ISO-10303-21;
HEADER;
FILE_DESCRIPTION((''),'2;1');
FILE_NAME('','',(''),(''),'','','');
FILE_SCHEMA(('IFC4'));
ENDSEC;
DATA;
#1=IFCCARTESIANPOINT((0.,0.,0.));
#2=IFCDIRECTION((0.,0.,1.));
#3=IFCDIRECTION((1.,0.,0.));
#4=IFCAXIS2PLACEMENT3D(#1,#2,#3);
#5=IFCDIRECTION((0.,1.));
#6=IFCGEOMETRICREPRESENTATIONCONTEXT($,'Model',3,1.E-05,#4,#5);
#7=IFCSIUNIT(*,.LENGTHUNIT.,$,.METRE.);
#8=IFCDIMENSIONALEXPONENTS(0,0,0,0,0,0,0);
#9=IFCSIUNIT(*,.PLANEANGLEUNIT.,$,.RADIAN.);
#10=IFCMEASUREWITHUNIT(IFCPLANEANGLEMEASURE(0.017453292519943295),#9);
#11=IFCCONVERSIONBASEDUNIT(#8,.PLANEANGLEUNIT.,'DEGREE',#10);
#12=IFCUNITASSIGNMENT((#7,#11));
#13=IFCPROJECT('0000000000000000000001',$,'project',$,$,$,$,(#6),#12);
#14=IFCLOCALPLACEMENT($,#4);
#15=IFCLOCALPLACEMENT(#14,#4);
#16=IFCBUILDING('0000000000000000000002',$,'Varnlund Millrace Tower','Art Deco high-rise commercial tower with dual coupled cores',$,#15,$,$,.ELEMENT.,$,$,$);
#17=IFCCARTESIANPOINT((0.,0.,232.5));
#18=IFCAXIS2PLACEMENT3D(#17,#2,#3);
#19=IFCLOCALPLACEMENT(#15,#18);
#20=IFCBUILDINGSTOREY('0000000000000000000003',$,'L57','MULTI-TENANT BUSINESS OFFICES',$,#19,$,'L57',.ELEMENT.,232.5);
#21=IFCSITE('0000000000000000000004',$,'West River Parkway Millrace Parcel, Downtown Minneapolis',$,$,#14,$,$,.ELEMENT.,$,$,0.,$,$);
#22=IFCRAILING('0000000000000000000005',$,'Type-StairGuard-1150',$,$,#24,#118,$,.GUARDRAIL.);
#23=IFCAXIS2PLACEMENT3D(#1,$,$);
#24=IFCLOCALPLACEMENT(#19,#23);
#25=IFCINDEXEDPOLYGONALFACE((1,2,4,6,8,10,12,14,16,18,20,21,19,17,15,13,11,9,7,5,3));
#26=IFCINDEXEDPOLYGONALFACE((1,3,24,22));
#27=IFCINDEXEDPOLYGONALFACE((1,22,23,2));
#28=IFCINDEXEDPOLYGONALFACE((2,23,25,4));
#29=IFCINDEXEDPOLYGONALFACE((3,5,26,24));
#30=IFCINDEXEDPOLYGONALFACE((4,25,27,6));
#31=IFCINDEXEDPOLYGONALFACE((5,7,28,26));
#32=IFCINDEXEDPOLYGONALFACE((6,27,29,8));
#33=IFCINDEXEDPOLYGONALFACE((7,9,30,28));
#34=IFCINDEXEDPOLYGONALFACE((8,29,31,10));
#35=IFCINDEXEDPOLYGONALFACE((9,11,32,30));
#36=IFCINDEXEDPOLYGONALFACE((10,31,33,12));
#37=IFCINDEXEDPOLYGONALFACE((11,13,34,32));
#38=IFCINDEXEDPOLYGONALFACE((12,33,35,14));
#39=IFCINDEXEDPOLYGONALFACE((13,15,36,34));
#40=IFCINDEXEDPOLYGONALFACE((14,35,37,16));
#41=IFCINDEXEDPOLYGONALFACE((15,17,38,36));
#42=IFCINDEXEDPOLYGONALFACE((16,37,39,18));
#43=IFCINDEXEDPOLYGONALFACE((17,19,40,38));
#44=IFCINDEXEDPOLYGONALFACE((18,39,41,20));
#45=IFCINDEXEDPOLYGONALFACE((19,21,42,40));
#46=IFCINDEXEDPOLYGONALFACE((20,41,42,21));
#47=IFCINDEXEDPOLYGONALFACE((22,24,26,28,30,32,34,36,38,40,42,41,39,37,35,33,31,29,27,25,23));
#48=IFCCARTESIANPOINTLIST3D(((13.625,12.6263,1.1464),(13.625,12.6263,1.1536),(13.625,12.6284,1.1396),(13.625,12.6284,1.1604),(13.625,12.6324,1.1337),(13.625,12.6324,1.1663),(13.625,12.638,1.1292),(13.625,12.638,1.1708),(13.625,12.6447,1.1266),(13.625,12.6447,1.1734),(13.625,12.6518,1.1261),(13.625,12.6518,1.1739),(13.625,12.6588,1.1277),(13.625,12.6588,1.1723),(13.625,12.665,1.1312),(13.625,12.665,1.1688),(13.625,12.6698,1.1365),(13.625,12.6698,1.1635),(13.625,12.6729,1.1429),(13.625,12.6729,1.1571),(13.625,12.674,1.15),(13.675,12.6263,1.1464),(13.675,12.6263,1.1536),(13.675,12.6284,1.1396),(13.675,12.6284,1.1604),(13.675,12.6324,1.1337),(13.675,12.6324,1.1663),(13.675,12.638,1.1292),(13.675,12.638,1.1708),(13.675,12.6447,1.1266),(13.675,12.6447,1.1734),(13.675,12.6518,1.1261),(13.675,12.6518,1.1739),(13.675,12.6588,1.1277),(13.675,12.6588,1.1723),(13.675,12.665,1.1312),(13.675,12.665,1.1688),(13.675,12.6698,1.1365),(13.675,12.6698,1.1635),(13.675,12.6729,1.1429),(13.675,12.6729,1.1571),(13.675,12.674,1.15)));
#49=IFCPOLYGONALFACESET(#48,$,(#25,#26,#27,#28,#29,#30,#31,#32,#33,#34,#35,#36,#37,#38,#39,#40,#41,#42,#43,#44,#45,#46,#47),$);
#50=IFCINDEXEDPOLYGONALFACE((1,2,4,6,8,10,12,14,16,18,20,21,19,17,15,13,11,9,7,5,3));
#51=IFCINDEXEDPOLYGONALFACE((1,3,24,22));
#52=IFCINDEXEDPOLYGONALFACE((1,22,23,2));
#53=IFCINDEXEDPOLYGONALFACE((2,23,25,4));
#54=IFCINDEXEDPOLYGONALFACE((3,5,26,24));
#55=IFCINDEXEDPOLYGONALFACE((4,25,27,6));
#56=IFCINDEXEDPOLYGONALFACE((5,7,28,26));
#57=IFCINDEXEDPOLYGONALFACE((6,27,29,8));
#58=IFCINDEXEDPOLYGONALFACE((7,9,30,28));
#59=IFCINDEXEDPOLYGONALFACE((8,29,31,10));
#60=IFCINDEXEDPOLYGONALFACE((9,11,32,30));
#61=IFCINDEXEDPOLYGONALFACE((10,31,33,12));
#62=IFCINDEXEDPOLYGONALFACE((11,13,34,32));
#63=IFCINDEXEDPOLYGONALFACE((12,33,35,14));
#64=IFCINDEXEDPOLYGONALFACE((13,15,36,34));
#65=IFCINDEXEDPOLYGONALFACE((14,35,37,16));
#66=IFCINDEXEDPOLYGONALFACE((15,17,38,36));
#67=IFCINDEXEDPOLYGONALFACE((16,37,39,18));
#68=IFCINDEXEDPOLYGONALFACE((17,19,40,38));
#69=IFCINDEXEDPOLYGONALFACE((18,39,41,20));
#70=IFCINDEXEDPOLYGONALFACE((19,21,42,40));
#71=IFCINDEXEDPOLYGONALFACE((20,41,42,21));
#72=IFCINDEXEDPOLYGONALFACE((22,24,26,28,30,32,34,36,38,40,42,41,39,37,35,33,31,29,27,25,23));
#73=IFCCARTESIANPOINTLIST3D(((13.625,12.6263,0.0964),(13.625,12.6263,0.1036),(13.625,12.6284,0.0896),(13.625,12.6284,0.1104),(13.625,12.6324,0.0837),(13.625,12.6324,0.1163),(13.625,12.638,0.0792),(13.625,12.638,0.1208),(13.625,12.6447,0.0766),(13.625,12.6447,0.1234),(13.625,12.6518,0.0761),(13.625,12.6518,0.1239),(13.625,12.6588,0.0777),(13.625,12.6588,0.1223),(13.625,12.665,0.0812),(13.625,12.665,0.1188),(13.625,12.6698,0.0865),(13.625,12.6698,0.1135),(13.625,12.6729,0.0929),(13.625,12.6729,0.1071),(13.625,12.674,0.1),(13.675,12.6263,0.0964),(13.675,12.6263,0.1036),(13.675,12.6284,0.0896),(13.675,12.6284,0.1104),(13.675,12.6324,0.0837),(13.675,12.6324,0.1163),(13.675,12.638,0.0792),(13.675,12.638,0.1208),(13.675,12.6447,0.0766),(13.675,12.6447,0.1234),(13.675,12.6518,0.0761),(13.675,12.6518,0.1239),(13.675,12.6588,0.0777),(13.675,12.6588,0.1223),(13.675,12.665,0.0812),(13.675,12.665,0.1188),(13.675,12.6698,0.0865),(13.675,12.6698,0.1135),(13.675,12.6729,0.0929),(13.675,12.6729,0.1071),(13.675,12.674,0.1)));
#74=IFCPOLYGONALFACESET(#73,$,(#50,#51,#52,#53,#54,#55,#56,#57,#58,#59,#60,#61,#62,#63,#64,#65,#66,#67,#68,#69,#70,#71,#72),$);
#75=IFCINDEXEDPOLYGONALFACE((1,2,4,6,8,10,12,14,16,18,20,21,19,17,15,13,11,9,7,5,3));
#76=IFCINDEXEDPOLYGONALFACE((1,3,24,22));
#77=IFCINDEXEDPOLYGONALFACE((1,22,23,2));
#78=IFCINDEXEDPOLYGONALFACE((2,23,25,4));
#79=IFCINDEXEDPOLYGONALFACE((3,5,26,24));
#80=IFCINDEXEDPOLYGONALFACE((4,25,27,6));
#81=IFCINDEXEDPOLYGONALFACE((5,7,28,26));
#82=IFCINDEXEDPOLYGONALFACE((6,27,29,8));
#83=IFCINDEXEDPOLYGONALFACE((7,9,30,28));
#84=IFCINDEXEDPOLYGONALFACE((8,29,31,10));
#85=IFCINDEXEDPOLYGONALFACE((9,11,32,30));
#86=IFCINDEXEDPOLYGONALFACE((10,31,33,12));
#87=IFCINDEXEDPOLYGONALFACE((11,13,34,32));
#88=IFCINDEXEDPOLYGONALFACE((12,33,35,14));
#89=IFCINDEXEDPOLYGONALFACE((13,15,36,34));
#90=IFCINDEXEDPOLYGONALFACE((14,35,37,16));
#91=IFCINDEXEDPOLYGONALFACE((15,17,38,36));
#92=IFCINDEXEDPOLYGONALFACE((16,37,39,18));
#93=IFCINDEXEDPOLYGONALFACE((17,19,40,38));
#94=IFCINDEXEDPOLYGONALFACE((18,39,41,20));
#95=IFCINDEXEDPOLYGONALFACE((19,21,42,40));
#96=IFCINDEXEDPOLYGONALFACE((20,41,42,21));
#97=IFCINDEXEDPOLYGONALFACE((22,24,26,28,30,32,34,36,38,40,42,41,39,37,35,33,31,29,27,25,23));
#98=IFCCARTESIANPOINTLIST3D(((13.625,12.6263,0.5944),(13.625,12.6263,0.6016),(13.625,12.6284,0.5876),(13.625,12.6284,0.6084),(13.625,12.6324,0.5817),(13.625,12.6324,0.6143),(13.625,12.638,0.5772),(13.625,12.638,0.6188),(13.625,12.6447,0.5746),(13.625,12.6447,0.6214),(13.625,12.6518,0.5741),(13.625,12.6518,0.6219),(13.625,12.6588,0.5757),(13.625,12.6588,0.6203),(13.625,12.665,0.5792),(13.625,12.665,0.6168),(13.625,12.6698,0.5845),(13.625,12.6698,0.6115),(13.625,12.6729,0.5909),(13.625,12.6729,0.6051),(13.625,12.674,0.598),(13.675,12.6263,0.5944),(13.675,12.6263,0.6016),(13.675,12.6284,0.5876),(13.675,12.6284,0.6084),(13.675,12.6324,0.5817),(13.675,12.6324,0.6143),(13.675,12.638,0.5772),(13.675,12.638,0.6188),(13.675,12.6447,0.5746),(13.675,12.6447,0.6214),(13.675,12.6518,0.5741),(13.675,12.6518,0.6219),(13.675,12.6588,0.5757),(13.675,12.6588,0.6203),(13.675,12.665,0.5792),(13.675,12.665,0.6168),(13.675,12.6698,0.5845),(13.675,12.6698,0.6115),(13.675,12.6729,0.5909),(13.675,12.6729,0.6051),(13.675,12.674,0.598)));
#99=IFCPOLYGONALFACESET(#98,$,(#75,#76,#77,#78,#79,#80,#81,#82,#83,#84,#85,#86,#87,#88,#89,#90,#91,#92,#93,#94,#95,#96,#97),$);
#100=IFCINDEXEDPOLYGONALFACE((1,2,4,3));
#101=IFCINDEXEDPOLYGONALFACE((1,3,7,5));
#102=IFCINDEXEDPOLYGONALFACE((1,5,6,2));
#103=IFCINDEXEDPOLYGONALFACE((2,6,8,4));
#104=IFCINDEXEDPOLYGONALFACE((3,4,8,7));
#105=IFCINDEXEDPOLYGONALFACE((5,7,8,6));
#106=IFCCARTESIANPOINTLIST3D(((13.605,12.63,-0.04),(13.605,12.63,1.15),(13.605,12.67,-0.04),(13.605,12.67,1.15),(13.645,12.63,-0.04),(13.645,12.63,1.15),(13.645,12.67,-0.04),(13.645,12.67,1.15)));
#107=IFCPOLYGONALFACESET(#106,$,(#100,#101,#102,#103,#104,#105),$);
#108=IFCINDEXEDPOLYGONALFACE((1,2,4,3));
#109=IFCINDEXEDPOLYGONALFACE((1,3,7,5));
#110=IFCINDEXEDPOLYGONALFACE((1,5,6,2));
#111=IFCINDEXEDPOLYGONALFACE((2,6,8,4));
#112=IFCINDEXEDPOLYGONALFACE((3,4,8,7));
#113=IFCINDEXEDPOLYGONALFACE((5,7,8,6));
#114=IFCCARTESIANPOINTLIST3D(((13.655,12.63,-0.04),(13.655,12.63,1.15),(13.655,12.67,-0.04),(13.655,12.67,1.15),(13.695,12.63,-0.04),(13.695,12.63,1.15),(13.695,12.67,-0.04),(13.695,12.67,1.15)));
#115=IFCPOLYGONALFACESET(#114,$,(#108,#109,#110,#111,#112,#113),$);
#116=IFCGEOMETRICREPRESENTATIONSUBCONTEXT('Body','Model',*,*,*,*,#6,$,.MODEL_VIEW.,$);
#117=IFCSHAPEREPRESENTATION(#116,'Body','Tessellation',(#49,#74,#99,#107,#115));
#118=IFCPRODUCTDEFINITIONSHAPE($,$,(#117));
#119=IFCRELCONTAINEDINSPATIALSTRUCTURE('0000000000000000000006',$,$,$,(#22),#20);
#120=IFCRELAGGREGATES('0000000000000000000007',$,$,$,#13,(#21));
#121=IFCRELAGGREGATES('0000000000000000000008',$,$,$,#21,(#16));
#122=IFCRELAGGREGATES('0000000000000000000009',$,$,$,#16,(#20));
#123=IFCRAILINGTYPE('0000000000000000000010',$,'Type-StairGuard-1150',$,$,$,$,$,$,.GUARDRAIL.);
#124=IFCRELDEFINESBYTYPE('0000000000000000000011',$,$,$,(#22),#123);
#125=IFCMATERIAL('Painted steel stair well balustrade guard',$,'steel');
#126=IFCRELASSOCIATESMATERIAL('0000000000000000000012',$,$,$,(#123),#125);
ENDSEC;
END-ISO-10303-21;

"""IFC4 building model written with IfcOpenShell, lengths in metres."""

from ifc_helpers import new_model, entity, si_unit, converted_unit, direction, frame, origin_with_axes, origin_2d_with_axis, place, context, subcontext, project, spatial, rectangle, circle, extrude, material, type_object, element, save


model = new_model("IFC4")

# Units and contexts
model_context = context("Model", 3, precision=1e-05, world=origin_with_axes(), true_north=direction((0.0, 1.0)))
body_context = subcontext(model_context, "Body", "Model", "MODEL_VIEW")
ifc_project = project(units=[si_unit("LENGTHUNIT", "METRE"), converted_unit("PLANEANGLEUNIT", "DEGREE", entity("IfcPlaneAngleMeasure", 0.017453292519943295), si_unit("PLANEANGLEUNIT", "RADIAN"), dimensions=[0, 0, 0, 0, 0, 0, 0])], contexts=[model_context])

# Site, building, storey
site_placement = place(None, origin_with_axes())
site = spatial("IfcSite", under=ifc_project, at=site_placement, Name="West River Parkway Millrace Parcel, Downtown Minneapolis", CompositionType="ELEMENT", RefElevation=0.0)
building_placement = place(site_placement, origin_with_axes())
building = spatial("IfcBuilding", under=site, at=building_placement, Name="Varnlund Millrace Tower", Description="Art Deco high-rise commercial tower with dual coupled cores", CompositionType="ELEMENT")
storey_placement = place(building_placement, frame((0.0, 0.0, 232.5), z_axis=(0.0, 0.0, 1.0), x_axis=(1.0, 0.0, 0.0)))
storey = spatial("IfcBuildingStorey", under=building, at=storey_placement, Name="L57", Description="MULTI-TENANT BUSINESS OFFICES", LongName="L57", CompositionType="ELEMENT", Elevation=232.5)

# Railing
ifc_material_1 = material(Name="Painted steel stair well balustrade guard", Category="steel")
railing_type_1 = type_object("IfcRailingType", Name="Type-StairGuard-1150", PredefinedType="GUARDRAIL", material=ifc_material_1)
railing_1_placement = place(storey_placement, frame((0.0, 0.0, -232.5), z_axis=(0.0, 0.0, 1.0), x_axis=(1.0, 0.0, 0.0)))
element("IfcRailing", 1, at=railing_1_placement, inside=storey, type_object=railing_type_1, Name="Type-StairGuard-1150", PredefinedType="GUARDRAIL", context=body_context, shape_type="SweptSolid", body=[
    extrude(circle(Radius=0.024, at=origin_2d_with_axis()), frame((13.625, 12.65, 233.65), z_axis=(1.0, 0.0, 0.0), x_axis=(0.0, 1.0, 0.0)), (0.0, 0.0, 1.0), 0.05),
    extrude(circle(Radius=0.024, at=origin_2d_with_axis()), frame((13.625, 12.65, 232.6), z_axis=(1.0, 0.0, 0.0), x_axis=(0.0, 1.0, 0.0)), (0.0, 0.0, 1.0), 0.05),
    extrude(circle(Radius=0.024, at=origin_2d_with_axis()), frame((13.625, 12.65, 233.098), z_axis=(1.0, 0.0, 0.0), x_axis=(0.0, 1.0, 0.0)), (0.0, 0.0, 1.0), 0.05),
    extrude(rectangle(XDim=0.04, YDim=0.04, at=origin_2d_with_axis()), frame((13.625, 12.65, 232.46), z_axis=(0.0, 0.0, 1.0), x_axis=(1.0, 0.0, 0.0)), (0.0, 0.0, 1.0), 1.19),
    extrude(rectangle(XDim=0.04, YDim=0.04, at=origin_2d_with_axis()), frame((13.675, 12.65, 232.46), z_axis=(0.0, 0.0, 1.0), x_axis=(1.0, 0.0, 0.0)), (0.0, 0.0, 1.0), 1.19),
])

save(model, "model.ifc")
